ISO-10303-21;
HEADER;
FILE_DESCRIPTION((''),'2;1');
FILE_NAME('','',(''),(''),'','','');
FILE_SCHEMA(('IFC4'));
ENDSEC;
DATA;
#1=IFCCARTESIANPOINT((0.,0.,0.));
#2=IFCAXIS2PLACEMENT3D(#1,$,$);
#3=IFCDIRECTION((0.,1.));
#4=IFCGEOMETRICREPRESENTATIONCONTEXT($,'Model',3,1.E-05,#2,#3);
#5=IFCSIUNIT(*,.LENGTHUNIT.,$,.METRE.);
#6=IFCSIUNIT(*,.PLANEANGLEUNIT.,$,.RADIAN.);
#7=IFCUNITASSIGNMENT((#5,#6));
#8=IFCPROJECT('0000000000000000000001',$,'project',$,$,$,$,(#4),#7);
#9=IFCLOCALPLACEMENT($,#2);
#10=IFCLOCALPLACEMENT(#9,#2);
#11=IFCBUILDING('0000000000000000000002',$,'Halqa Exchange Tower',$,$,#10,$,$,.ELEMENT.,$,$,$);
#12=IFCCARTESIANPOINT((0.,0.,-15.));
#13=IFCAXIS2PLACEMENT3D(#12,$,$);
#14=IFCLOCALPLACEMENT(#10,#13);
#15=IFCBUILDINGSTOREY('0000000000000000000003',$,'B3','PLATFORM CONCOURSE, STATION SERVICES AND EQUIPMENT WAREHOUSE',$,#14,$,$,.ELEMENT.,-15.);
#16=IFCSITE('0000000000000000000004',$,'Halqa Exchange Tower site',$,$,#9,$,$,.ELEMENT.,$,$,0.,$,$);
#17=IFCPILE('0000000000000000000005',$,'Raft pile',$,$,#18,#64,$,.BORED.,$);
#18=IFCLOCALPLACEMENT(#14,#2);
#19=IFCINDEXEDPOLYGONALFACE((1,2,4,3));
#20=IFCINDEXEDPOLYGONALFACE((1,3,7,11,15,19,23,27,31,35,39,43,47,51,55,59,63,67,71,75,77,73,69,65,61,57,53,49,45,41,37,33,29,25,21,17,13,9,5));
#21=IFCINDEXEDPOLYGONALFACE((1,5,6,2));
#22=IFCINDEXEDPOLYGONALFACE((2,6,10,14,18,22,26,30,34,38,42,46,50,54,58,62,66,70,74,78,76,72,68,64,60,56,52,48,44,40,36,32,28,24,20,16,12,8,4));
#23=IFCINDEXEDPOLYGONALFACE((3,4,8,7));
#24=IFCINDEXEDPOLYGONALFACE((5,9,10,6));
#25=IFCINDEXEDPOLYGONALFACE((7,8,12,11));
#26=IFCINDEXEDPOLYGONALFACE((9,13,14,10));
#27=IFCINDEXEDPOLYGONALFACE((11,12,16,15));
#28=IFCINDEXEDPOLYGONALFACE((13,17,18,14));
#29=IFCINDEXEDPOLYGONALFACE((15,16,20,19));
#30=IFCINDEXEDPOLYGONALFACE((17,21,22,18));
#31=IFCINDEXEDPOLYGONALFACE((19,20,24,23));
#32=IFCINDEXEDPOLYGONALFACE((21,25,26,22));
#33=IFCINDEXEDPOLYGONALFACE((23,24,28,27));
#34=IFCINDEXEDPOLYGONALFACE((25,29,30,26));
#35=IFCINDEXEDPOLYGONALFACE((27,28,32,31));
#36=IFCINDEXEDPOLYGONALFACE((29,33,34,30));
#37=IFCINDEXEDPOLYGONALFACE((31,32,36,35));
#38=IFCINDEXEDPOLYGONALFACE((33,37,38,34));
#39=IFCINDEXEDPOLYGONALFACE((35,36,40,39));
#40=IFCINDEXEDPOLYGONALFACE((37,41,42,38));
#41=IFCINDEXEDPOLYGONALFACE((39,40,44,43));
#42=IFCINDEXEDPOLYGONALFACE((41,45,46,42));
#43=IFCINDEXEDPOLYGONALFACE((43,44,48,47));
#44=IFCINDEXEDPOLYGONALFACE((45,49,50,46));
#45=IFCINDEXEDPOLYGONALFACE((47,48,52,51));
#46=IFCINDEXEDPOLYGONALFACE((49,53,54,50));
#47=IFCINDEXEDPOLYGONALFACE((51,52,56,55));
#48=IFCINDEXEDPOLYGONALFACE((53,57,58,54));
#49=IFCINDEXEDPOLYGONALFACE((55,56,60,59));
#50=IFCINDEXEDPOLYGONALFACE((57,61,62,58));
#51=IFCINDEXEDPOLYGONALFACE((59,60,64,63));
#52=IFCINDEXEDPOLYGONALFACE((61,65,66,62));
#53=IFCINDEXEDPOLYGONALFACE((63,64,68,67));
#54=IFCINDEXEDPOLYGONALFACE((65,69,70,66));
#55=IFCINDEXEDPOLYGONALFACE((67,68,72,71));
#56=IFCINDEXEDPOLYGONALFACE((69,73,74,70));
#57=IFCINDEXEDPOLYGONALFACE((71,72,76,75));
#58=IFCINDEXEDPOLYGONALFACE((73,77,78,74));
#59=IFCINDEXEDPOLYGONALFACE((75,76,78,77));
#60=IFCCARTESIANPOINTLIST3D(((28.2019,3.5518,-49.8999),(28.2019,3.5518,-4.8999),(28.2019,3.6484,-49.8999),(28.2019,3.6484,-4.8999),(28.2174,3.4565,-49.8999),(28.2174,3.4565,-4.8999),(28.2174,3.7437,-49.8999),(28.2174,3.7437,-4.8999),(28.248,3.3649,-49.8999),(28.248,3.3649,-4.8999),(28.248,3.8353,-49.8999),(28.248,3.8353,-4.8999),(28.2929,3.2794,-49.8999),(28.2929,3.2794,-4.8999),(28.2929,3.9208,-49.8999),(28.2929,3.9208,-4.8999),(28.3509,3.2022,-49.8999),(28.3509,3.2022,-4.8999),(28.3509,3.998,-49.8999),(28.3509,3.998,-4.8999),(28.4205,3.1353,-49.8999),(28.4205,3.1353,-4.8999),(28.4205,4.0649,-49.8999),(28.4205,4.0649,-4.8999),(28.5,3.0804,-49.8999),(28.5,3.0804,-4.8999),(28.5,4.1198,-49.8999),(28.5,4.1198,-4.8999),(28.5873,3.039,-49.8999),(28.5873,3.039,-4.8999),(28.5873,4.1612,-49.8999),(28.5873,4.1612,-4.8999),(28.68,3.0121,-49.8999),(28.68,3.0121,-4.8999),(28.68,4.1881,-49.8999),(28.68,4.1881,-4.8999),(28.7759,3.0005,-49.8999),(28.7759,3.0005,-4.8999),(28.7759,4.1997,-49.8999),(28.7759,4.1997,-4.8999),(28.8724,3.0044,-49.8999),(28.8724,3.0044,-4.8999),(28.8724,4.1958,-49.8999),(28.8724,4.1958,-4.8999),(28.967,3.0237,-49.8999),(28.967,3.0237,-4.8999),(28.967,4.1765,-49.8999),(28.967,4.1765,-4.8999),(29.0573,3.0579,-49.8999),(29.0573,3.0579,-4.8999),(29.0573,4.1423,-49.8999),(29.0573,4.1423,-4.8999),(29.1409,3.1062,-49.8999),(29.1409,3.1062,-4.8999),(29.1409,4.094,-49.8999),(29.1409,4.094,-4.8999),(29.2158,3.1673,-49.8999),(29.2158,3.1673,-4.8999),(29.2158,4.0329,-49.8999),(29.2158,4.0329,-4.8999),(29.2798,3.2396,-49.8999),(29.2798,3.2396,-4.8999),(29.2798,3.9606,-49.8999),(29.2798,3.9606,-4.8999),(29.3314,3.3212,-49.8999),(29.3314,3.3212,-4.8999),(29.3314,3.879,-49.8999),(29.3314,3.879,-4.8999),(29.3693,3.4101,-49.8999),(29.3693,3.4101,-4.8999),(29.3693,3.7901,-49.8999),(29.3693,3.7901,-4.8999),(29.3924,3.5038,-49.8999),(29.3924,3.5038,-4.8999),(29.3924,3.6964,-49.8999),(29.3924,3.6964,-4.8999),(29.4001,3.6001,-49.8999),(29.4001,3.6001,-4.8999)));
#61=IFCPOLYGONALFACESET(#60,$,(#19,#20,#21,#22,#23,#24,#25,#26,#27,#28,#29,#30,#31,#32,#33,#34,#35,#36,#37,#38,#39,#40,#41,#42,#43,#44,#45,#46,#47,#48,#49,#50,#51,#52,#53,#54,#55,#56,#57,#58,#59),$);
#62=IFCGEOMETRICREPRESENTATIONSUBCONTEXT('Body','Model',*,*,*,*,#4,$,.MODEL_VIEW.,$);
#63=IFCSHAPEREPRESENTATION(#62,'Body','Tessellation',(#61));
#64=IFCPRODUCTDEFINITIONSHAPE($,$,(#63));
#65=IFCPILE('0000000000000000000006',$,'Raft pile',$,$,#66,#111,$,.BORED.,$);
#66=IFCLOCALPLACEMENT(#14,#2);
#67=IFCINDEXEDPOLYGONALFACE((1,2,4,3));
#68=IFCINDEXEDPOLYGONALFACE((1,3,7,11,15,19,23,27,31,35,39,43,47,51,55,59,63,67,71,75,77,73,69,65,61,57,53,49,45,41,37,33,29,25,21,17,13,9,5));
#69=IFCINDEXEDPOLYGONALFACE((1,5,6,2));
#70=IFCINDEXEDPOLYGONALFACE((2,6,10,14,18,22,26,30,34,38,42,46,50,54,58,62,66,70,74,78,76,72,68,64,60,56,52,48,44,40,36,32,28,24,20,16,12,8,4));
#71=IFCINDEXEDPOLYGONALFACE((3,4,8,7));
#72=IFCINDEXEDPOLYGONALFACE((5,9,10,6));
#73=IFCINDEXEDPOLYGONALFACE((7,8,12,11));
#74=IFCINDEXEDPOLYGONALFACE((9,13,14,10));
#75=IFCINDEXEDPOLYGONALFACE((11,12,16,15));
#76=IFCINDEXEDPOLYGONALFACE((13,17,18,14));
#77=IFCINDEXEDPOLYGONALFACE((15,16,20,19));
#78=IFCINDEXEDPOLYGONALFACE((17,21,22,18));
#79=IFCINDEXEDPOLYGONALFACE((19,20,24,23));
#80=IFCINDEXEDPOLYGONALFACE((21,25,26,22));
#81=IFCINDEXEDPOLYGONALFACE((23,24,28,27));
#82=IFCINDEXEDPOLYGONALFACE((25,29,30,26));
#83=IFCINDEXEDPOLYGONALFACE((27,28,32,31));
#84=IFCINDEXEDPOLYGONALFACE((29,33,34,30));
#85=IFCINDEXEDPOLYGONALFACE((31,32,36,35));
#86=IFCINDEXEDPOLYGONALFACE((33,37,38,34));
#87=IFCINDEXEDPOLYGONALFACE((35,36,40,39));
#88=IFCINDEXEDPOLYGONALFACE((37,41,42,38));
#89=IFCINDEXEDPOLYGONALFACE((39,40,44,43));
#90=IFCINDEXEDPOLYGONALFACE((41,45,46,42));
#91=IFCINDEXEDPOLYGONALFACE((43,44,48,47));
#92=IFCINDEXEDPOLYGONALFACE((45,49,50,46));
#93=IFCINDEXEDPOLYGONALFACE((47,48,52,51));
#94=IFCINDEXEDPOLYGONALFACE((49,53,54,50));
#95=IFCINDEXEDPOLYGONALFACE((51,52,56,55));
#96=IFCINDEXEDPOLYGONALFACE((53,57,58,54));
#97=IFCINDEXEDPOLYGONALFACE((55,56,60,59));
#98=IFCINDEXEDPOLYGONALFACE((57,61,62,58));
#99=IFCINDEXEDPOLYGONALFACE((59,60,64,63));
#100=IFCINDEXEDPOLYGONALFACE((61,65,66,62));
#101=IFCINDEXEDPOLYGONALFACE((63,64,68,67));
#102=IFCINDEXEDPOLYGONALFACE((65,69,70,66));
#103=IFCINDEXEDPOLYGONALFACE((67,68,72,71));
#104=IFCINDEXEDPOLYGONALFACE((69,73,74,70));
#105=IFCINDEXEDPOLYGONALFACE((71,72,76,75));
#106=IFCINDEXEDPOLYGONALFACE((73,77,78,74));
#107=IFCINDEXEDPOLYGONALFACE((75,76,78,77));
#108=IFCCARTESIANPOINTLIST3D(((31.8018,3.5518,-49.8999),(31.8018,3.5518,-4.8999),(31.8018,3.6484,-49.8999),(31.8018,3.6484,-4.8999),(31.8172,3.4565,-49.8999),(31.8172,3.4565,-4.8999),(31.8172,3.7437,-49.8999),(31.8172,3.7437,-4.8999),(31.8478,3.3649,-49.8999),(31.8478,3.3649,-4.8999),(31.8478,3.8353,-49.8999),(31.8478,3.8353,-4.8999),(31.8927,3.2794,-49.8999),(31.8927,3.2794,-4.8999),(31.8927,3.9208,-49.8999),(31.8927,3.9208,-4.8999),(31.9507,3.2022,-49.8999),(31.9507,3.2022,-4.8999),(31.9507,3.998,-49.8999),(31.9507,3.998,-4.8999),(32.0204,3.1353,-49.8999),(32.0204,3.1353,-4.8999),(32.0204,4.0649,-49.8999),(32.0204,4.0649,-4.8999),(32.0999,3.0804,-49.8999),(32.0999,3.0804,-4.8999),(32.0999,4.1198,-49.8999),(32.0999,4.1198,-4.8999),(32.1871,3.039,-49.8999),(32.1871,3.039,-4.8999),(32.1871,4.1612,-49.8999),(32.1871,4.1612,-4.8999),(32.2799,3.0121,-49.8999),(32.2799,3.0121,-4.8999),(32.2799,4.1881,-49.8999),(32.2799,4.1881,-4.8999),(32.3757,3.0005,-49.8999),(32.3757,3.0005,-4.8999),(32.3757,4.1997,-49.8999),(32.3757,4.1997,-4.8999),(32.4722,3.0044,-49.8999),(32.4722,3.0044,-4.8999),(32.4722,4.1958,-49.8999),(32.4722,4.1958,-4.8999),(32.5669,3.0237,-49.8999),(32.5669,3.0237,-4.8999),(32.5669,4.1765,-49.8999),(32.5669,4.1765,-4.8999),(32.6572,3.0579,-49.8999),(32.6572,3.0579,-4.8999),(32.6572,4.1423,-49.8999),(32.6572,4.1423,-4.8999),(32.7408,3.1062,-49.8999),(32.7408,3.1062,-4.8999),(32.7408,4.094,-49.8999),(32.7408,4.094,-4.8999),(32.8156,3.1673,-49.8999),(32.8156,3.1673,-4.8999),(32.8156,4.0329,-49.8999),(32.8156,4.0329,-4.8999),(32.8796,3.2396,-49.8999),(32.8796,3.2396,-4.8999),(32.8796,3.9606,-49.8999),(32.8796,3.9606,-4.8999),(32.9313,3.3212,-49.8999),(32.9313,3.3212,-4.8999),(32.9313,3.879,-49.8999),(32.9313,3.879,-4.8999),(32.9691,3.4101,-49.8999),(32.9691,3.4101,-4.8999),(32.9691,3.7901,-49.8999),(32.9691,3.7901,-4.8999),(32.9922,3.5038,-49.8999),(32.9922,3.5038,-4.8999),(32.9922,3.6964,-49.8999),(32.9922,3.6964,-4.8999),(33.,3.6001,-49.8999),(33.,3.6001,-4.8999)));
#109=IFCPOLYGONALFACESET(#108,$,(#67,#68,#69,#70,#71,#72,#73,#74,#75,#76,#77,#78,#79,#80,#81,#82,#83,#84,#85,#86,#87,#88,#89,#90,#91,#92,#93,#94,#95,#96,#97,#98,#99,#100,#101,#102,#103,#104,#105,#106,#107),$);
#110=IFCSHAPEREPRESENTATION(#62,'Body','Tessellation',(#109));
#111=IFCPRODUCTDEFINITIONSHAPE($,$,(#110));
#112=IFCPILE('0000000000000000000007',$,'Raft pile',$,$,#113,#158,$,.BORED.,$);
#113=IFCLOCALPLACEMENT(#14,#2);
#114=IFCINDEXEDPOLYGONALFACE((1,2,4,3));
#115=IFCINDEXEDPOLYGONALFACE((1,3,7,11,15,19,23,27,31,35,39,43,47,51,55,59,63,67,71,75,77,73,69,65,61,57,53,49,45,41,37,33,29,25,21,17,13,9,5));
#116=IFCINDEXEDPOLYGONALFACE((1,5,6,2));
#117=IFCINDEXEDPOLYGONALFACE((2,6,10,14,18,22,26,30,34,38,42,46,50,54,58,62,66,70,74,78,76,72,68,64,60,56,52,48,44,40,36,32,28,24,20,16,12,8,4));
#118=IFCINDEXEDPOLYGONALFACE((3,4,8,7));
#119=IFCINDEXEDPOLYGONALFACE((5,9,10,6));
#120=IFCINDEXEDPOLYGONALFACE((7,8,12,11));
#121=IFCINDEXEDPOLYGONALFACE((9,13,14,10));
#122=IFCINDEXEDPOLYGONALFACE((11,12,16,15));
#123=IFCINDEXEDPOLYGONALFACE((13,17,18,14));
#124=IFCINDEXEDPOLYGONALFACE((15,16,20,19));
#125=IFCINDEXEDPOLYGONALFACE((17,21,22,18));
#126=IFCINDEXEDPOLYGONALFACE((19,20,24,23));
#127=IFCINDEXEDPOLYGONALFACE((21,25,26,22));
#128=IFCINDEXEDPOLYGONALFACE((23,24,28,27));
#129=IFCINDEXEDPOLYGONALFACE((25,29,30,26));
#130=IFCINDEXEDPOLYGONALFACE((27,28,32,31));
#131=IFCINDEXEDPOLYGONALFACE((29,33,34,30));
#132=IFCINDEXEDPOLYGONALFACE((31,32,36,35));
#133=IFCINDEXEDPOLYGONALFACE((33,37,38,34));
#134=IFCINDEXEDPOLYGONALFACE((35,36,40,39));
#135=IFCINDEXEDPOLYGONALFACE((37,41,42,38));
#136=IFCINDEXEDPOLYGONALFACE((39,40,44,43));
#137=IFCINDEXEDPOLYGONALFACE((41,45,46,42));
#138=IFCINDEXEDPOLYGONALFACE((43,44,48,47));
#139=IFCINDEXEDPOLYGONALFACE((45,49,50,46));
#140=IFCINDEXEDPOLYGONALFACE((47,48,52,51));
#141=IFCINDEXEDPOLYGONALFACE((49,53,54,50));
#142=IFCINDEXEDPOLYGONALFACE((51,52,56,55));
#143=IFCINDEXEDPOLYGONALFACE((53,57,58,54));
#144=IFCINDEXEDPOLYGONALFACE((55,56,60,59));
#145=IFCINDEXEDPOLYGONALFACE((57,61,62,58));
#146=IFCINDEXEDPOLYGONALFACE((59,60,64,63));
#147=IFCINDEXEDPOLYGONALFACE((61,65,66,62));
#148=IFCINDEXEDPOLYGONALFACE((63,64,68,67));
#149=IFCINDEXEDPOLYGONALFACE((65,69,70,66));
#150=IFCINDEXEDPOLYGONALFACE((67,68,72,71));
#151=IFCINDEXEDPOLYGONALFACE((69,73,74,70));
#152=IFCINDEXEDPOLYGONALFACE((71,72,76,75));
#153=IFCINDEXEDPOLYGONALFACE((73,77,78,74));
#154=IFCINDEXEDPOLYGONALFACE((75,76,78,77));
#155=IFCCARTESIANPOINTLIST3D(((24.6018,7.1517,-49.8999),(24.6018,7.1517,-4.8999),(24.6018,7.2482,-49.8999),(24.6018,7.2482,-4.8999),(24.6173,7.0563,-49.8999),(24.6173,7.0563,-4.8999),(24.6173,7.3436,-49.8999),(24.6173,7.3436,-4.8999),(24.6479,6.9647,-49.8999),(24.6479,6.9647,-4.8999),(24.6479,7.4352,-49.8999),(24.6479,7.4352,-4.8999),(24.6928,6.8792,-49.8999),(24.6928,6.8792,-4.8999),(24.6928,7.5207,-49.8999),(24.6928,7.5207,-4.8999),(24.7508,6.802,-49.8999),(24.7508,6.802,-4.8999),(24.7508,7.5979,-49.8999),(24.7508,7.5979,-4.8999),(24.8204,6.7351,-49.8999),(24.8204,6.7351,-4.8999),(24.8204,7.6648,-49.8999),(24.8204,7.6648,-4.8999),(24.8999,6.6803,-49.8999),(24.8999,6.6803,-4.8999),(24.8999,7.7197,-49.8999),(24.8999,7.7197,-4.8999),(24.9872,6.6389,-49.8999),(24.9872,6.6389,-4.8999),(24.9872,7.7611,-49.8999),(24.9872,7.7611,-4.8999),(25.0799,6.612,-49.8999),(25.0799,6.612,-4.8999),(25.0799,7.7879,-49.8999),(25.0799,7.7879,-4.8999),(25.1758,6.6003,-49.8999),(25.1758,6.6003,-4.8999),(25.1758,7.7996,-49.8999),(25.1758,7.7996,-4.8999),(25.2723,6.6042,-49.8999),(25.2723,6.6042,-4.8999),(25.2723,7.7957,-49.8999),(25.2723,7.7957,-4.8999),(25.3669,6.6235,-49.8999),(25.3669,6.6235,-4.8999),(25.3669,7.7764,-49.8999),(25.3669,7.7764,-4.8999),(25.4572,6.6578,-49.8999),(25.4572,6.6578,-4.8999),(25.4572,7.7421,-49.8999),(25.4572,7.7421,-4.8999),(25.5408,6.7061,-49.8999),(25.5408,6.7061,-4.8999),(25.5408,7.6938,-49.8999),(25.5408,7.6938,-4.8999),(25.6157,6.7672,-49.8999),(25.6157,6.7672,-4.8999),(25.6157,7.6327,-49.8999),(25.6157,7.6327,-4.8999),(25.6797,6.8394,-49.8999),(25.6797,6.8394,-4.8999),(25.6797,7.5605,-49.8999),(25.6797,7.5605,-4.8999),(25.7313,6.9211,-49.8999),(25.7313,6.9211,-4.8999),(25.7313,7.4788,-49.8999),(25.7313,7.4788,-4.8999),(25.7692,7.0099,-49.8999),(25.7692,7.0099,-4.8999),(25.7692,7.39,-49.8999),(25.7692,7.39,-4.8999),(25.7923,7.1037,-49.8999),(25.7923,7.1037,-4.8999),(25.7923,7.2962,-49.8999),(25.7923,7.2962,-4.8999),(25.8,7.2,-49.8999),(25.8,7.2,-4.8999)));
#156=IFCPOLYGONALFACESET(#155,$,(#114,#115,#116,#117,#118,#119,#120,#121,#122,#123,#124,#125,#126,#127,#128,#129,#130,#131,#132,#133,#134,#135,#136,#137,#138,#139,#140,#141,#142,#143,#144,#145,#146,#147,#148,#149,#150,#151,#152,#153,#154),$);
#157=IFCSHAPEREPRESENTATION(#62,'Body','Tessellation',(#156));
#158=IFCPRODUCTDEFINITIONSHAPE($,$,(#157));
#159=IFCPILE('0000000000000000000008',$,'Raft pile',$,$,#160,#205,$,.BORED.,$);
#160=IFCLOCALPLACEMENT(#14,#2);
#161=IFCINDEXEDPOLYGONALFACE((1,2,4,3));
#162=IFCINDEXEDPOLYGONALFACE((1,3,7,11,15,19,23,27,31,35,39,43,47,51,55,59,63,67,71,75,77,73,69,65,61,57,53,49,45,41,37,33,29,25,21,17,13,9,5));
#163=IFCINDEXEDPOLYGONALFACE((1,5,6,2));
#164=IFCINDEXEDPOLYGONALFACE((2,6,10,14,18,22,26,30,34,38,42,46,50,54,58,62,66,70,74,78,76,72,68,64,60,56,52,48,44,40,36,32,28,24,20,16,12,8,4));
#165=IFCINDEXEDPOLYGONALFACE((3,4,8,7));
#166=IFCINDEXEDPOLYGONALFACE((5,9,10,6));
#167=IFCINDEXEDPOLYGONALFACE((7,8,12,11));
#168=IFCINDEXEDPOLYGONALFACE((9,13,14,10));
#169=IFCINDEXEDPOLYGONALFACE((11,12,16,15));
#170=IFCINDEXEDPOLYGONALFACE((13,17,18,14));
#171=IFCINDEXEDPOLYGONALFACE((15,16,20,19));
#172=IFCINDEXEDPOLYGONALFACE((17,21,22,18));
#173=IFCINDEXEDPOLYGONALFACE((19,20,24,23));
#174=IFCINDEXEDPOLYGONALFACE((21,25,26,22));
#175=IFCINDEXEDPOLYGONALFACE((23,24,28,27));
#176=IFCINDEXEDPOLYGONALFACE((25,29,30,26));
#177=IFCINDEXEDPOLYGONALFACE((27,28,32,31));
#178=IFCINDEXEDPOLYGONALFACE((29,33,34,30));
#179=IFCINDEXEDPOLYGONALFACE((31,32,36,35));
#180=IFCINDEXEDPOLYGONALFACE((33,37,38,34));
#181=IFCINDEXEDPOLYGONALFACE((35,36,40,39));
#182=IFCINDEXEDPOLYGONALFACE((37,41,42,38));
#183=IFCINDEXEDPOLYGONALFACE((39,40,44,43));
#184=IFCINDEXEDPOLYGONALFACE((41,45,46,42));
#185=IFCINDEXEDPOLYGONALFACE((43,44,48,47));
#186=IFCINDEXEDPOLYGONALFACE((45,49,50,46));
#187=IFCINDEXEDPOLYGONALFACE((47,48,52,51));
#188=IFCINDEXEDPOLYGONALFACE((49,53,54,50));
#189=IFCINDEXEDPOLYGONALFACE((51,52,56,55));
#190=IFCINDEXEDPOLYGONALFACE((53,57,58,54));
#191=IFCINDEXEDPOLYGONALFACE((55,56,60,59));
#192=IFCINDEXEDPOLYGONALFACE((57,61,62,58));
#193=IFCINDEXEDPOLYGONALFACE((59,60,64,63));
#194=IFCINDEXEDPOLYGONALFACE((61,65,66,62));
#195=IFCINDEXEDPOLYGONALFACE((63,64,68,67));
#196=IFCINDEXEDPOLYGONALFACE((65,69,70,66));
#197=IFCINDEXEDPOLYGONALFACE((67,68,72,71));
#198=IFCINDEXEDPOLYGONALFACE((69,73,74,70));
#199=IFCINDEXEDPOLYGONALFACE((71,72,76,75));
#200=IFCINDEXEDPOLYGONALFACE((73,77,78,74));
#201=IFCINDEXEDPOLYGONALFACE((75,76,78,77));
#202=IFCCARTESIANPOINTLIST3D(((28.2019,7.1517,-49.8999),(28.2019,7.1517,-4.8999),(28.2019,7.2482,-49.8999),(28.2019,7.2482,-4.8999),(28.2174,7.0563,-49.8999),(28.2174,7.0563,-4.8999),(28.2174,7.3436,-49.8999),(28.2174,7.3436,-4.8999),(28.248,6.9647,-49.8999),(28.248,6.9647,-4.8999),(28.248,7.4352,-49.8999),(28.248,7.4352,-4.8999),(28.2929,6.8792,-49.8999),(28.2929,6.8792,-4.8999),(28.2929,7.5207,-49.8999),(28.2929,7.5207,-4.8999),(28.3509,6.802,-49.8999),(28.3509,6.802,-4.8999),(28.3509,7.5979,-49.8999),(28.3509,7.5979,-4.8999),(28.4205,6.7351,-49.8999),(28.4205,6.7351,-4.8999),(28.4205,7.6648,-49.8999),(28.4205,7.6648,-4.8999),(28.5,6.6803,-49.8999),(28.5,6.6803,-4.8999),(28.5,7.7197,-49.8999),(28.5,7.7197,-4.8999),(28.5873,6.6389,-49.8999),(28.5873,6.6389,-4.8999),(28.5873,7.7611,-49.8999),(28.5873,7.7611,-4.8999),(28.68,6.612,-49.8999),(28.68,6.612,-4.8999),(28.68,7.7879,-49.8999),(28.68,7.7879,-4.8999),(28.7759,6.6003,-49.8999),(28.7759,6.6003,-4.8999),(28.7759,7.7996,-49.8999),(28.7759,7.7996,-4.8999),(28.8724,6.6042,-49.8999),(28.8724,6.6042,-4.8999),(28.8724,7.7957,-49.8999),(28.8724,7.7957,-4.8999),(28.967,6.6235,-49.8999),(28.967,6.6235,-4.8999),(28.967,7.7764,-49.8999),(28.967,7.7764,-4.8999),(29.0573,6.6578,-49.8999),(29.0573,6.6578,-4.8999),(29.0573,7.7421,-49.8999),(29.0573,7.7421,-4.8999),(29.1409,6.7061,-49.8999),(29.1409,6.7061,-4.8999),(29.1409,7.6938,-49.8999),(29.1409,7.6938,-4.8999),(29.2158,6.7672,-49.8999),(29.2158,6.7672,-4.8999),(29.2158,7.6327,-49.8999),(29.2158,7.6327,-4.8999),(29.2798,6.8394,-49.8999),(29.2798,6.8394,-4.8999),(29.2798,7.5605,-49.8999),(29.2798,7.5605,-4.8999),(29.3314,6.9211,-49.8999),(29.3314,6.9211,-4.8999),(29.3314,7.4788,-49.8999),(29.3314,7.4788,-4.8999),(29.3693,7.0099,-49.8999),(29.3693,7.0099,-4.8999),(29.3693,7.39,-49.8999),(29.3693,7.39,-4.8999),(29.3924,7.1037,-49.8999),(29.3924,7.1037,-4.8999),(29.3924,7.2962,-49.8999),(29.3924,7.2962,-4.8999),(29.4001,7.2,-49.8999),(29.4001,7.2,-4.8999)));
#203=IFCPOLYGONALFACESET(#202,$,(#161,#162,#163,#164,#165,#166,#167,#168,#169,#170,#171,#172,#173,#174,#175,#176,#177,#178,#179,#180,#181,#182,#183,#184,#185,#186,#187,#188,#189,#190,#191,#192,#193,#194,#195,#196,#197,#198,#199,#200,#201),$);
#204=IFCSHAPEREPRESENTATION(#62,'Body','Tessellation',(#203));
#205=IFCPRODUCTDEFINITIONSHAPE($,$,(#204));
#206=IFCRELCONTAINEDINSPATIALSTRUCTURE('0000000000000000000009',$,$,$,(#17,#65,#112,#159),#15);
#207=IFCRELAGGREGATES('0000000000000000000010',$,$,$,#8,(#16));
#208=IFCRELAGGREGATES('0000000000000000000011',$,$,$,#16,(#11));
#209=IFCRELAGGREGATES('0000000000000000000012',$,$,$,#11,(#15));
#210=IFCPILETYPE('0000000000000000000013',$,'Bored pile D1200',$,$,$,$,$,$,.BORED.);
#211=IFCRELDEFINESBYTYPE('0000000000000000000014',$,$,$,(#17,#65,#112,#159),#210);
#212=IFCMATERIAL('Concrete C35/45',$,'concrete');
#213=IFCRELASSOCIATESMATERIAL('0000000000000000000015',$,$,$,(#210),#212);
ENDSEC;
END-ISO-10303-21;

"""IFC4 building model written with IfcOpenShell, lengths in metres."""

from ifc_helpers import new_model, si_unit, direction, frame, origin, origin_2d, place, context, subcontext, project, spatial, circle, extrude, material, material_profile, profile_set, type_object, element, save


model = new_model("IFC4")

# Units and contexts
model_context = context("Model", 3, precision=1e-05, world=origin(), true_north=direction((0.0, 1.0)))
body_context = subcontext(model_context, "Body", "Model", "MODEL_VIEW")
ifc_project = project(units=[si_unit("LENGTHUNIT", "METRE"), si_unit("PLANEANGLEUNIT", "RADIAN")], contexts=[model_context])

# Site, building, storey
site_placement = place(None, origin())
site = spatial("IfcSite", under=ifc_project, at=site_placement, Name="Halqa Exchange Tower site", CompositionType="ELEMENT", RefElevation=0.0)
building_placement = place(site_placement, origin())
building = spatial("IfcBuilding", under=site, at=building_placement, Name="Halqa Exchange Tower", CompositionType="ELEMENT")
storey_placement = place(building_placement, frame((0.0, 0.0, -15.0)))
storey = spatial("IfcBuildingStorey", under=building, at=storey_placement, Name="B3", Description="PLATFORM CONCOURSE, STATION SERVICES AND EQUIPMENT WAREHOUSE", CompositionType="ELEMENT", Elevation=-15.0)

# Piles
ifc_material_1 = material(Name="Concrete C35/45", Category="concrete")
ifc_material_profile_1 = material_profile(ifc_material_1, circle(Radius=0.6001, at=origin_2d()), Name="D1200")
ifc_profile_set_1 = profile_set([ifc_material_profile_1], Name="Concrete C35/45")
pile_type_1 = type_object("IfcPileType", Name="Bored pile D1200", PredefinedType="BORED", material=ifc_profile_set_1)
for number, where, z_axis, x_axis, name in (
    (1, (28.8, 3.6001, -4.8999), (0.0, 0.0, -1.0), (1.0, 0.0, 0.0), "Raft pile"),
    (2, (32.3999, 3.6001, -4.8999), (0.0, 0.0, -1.0), (1.0, 0.0, 0.0), "Raft pile"),
    (3, (25.2, 7.2, -4.8999), (0.0, 0.0, -1.0), (1.0, 0.0, 0.0), "Raft pile"),
    (4, (28.8, 7.2, -4.8999), (0.0, 0.0, -1.0), (1.0, 0.0, 0.0), "Raft pile"),
):
    element("IfcPile", number, at=place(storey_placement, frame(where, z_axis=z_axis, x_axis=x_axis)), inside=storey, type_object=pile_type_1, Name=name, PredefinedType="BORED", context=body_context, shape_type="SweptSolid", body=[
        extrude(circle(Radius=0.6001, at=origin_2d()), origin(), (0.0, 0.0, 1.0), 45.0),
    ])

save(model, "model.ifc")
